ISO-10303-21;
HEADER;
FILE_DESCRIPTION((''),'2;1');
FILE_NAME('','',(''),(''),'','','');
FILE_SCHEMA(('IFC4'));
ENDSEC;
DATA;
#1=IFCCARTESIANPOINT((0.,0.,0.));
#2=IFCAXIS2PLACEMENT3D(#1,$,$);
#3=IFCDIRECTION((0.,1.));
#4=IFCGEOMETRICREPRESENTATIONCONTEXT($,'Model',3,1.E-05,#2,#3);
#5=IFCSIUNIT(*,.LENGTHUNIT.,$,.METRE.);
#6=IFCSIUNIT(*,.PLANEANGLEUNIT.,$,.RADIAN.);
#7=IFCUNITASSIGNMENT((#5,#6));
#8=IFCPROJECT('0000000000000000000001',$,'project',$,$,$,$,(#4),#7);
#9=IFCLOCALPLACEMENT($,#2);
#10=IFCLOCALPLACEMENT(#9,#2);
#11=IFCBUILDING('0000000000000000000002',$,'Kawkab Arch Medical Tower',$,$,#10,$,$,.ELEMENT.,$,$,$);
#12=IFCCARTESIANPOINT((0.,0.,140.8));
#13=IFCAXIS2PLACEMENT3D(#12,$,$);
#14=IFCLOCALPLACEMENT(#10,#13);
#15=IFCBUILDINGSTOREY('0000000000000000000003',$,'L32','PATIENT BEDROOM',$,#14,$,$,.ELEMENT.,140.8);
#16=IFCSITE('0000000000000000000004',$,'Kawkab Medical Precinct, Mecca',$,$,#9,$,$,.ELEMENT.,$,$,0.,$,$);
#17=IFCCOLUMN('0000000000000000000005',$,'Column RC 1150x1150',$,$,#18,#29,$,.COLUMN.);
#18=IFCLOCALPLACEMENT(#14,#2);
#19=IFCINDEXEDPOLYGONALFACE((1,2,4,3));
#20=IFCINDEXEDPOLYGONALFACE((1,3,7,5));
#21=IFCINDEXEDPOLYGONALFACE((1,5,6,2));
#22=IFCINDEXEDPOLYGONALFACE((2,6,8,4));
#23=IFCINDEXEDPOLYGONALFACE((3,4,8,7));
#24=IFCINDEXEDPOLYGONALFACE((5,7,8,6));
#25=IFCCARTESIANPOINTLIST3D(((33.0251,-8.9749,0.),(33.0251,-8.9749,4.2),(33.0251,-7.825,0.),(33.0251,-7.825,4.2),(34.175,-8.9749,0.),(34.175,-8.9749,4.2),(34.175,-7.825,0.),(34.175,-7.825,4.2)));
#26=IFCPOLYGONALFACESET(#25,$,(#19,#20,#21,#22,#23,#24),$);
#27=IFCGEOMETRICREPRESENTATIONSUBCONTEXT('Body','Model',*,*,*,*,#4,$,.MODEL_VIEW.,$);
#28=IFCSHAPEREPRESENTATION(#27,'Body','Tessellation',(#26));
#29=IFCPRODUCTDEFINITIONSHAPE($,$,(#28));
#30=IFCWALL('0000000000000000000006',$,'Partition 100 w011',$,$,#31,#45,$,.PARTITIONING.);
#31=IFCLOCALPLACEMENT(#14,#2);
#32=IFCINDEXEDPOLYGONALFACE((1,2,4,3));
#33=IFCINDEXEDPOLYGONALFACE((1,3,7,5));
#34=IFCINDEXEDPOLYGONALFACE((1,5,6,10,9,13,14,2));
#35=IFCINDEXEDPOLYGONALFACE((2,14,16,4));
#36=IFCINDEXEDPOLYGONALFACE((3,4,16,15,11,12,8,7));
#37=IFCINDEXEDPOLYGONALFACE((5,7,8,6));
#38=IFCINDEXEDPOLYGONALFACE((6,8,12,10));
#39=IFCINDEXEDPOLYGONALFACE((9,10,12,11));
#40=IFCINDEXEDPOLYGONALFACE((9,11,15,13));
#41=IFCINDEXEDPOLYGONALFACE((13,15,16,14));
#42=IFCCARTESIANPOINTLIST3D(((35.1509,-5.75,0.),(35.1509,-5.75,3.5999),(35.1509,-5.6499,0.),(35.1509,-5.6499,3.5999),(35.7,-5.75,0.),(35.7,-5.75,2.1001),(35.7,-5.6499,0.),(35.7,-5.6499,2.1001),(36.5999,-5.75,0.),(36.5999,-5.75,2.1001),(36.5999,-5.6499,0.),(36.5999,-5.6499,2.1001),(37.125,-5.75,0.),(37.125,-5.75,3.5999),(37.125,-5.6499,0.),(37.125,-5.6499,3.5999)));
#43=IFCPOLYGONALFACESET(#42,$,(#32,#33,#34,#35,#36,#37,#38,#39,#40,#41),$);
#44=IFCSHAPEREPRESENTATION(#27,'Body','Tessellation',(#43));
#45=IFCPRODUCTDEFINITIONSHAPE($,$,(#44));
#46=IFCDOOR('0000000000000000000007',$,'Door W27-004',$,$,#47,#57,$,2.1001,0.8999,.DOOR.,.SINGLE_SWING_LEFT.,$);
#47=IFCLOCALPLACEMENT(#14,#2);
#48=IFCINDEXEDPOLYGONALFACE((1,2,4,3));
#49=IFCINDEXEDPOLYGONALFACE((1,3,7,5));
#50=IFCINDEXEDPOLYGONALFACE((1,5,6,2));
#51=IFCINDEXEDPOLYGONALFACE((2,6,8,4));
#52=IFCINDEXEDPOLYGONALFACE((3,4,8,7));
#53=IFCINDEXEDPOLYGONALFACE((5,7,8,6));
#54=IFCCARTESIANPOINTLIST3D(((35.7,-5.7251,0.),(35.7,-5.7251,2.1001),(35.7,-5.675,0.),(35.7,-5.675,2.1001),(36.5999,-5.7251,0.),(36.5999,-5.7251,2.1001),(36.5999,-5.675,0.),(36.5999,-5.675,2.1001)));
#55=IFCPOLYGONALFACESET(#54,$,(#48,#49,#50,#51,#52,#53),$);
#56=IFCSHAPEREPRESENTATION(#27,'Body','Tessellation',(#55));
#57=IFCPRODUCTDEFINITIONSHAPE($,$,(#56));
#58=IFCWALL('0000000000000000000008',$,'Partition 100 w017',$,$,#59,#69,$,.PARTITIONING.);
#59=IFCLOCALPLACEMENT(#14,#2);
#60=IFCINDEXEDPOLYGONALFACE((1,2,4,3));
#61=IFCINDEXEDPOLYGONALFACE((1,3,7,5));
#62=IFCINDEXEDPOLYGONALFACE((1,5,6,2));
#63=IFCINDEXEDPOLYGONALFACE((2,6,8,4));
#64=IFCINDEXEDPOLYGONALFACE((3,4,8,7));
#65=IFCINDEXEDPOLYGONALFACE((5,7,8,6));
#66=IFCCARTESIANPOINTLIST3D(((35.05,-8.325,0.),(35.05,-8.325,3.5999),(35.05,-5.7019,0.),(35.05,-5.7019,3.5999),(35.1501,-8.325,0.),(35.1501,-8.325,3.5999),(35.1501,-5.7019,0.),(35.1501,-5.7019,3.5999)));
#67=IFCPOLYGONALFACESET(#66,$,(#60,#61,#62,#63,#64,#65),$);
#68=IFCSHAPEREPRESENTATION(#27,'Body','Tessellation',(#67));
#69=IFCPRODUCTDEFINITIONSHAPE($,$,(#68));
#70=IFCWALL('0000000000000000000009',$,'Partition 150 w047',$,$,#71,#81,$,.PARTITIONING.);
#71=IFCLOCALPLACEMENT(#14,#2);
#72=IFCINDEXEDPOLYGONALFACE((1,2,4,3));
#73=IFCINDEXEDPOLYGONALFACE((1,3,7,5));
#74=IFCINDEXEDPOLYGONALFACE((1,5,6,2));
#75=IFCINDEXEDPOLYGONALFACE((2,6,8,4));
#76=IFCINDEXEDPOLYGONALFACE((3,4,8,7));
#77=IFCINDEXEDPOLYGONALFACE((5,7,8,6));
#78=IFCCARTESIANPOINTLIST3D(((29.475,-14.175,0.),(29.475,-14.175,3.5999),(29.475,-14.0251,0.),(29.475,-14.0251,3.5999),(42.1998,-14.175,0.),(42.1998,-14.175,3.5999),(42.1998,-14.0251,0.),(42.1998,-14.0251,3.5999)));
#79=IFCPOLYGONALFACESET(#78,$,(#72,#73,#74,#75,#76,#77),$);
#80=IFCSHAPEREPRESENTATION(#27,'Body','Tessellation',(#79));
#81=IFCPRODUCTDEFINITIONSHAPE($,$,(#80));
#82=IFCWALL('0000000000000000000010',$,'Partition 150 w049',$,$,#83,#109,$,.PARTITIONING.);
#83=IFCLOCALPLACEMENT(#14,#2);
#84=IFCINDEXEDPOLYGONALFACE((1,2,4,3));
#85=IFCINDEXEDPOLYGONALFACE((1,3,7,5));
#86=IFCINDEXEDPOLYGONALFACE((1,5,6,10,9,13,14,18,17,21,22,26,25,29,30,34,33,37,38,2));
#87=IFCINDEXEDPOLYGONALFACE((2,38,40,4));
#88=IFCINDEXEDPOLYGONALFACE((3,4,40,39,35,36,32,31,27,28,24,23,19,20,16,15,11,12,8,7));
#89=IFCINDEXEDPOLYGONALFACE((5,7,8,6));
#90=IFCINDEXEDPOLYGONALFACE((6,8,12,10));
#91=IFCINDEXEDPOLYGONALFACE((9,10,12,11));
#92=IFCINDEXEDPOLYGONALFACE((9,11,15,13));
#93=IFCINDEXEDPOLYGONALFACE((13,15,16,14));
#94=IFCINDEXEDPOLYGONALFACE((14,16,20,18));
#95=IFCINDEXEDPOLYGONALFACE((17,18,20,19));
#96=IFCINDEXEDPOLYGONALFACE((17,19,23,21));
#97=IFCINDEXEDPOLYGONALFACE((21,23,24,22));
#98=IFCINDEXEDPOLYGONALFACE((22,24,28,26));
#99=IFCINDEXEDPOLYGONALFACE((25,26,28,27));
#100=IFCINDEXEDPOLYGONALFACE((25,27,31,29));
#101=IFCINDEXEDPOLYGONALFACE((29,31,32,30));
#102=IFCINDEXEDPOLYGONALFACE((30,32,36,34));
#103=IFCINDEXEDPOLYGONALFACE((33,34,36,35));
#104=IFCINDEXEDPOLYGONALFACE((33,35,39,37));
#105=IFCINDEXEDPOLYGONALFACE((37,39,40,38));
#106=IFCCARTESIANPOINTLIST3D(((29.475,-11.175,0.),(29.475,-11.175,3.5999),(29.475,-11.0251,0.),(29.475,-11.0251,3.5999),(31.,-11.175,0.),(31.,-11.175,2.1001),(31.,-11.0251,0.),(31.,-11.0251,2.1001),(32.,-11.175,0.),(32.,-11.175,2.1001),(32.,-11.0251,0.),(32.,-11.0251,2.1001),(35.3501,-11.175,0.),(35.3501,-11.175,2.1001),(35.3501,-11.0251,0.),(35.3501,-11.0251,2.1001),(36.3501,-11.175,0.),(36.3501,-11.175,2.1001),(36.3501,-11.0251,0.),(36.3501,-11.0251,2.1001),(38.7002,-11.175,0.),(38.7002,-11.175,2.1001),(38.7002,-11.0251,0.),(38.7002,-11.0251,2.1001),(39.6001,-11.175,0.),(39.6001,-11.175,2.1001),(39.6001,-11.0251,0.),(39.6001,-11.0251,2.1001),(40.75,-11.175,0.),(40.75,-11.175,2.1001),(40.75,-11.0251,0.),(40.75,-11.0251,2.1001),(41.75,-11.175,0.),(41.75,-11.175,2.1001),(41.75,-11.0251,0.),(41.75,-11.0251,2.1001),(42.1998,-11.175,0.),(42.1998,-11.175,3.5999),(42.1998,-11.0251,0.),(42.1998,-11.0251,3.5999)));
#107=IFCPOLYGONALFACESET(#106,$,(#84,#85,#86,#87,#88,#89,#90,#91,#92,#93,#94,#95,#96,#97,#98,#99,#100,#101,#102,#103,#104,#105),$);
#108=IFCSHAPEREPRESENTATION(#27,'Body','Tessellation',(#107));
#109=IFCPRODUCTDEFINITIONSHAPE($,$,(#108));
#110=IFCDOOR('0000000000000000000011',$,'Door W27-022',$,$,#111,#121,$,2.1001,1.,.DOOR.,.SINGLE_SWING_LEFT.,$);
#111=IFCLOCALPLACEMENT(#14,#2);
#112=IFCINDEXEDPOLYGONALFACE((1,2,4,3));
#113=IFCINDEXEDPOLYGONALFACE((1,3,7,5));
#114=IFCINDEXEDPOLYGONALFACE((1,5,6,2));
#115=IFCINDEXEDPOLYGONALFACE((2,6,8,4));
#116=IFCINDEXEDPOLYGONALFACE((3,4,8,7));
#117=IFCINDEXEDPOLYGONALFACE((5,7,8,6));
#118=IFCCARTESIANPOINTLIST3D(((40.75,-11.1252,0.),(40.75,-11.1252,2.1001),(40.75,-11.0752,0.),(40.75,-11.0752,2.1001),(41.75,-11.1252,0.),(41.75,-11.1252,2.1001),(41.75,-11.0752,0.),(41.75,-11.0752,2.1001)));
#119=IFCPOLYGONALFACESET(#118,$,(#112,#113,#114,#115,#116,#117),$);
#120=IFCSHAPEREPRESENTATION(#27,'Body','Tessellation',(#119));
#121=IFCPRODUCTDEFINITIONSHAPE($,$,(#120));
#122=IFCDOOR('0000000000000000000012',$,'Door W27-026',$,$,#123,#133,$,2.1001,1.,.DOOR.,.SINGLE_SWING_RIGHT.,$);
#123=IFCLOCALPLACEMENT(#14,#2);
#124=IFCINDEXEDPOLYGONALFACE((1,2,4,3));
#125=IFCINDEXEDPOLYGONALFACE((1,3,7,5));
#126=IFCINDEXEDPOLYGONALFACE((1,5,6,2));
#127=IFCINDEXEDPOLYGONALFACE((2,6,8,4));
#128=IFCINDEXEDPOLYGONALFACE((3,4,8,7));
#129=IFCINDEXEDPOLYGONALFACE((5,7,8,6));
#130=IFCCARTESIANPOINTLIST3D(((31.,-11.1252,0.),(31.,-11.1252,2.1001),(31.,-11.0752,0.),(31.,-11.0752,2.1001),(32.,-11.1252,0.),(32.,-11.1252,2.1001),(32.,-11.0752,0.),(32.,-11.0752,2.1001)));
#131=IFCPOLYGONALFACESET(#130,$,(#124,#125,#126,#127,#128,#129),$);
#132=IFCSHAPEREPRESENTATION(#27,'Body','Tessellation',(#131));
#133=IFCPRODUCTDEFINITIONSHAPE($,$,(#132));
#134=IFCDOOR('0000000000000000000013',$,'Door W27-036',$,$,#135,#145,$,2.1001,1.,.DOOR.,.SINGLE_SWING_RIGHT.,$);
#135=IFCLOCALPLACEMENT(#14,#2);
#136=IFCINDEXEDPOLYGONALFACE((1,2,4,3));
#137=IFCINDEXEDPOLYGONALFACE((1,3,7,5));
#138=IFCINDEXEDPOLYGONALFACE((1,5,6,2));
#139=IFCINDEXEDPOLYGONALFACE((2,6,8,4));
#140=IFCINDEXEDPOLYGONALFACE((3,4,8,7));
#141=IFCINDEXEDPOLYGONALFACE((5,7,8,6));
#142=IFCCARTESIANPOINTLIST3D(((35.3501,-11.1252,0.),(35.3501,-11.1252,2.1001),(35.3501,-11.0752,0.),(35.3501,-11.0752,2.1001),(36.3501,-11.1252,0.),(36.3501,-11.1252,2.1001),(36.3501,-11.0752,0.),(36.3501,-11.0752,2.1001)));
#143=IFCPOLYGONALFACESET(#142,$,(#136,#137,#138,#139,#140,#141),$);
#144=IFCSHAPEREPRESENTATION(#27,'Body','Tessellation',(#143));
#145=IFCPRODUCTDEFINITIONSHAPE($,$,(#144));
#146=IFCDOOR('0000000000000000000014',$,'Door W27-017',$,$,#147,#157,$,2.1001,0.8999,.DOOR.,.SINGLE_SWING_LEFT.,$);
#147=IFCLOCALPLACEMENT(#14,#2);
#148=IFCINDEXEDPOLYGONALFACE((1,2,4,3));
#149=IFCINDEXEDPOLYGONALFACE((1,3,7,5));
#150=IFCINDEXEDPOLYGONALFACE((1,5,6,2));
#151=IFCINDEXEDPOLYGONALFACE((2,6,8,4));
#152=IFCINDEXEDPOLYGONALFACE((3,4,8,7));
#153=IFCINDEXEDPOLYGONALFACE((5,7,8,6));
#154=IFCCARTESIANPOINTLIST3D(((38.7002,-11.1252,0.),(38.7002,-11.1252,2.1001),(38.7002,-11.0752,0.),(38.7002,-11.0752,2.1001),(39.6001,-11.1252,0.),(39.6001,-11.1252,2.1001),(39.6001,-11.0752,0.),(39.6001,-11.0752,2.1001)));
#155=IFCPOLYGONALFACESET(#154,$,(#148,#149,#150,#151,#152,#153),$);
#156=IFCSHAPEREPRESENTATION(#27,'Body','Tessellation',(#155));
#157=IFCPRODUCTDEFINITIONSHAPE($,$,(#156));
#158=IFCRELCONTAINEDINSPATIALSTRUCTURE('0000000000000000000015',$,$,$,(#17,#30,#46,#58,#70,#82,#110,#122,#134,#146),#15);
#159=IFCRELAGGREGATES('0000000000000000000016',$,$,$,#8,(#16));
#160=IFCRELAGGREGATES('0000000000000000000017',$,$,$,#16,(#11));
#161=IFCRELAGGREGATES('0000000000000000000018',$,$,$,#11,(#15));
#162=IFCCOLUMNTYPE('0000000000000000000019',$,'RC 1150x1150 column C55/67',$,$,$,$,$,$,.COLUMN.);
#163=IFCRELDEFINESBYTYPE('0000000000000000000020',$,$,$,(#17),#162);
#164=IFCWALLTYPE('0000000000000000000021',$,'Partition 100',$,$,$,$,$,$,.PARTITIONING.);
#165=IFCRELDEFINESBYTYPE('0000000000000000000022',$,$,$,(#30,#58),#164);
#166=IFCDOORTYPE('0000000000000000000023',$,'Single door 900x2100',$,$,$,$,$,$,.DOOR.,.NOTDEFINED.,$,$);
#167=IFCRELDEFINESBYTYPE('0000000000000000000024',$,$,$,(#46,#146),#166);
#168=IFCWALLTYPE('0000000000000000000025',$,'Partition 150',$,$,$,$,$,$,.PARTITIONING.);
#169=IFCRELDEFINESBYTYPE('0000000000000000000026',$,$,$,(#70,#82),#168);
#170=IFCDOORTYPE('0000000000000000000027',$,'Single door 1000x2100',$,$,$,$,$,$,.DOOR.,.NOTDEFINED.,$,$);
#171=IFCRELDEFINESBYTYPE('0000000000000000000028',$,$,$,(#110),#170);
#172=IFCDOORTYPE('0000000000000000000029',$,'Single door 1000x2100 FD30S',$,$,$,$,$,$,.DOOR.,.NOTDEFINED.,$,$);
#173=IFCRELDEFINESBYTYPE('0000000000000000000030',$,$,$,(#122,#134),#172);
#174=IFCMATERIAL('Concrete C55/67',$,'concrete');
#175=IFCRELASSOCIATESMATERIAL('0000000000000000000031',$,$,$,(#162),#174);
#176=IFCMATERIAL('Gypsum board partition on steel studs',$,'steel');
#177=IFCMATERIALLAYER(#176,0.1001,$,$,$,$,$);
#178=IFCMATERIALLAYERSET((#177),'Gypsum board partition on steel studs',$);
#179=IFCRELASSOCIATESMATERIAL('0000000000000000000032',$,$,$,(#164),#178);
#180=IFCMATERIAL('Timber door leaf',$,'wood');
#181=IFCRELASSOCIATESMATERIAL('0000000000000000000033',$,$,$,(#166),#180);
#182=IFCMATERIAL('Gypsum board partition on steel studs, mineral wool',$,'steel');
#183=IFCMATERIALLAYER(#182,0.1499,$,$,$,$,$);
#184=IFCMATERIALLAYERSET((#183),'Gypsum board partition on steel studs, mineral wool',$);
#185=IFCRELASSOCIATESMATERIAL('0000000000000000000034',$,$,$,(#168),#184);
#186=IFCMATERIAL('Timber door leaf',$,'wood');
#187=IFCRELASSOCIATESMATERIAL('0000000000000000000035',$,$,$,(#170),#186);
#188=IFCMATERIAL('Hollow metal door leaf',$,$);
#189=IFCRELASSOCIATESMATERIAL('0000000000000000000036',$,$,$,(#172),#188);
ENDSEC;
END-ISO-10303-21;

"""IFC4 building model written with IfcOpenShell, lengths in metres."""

from ifc_helpers import new_model, si_unit, direction, frame, frame_2d, origin, origin_2d, place, context, subcontext, project, spatial, rectangle, extrude, material, layer, layer_set, material_profile, profile_set, type_object, element, fill, save


model = new_model("IFC4")

# Units and contexts
model_context = context("Model", 3, precision=1e-05, world=origin(), true_north=direction((0.0, 1.0)))
body_context = subcontext(model_context, "Body", "Model", "MODEL_VIEW")
ifc_project = project(units=[si_unit("LENGTHUNIT", "METRE"), si_unit("PLANEANGLEUNIT", "RADIAN")], contexts=[model_context])

# Site, building, storey
site_placement = place(None, origin())
site = spatial("IfcSite", under=ifc_project, at=site_placement, Name="Kawkab Medical Precinct, Mecca", CompositionType="ELEMENT", RefElevation=0.0)
building_placement = place(site_placement, origin())
building = spatial("IfcBuilding", under=site, at=building_placement, Name="Kawkab Arch Medical Tower", CompositionType="ELEMENT")
storey_placement = place(building_placement, frame((0.0, 0.0, 140.8)))
storey = spatial("IfcBuildingStorey", under=building, at=storey_placement, Name="L32", Description="PATIENT BEDROOM", CompositionType="ELEMENT", Elevation=140.8)

# Column
ifc_material_1 = material(Name="Concrete C55/67", Category="concrete")
ifc_material_profile = material_profile(ifc_material_1, rectangle(XDim=1.1499, YDim=1.1499, at=origin_2d()), Name="RC 1150x1150")
ifc_profile_set = profile_set([ifc_material_profile], Name="Concrete C55/67")
column_type = type_object("IfcColumnType", Name="RC 1150x1150 column C55/67", PredefinedType="COLUMN", material=ifc_profile_set)
column_placement = place(storey_placement, frame((33.6001, -8.3999, 0.0), z_axis=(0.0, 0.0, 1.0), x_axis=(1.0, 0.0, 0.0)))
element("IfcColumn", 1, at=column_placement, inside=storey, type_object=column_type, Name="Column RC 1150x1150", PredefinedType="COLUMN", context=body_context, shape_type="SweptSolid", body=[
    extrude(rectangle(XDim=1.1499, YDim=1.1499, at=origin_2d()), origin(), (0.0, 0.0, 1.0), 4.2),
])

# Wall, opening, door
ifc_material_2 = material(Name="Gypsum board partition on steel studs", Category="steel")
ifc_layer_1 = layer(ifc_material_2, 0.1001)
ifc_layer_set_1 = layer_set([ifc_layer_1], Name="Gypsum board partition on steel studs")
wall_type_1 = type_object("IfcWallType", Name="Partition 100", PredefinedType="PARTITIONING", material=ifc_layer_set_1)
wall_1_placement = place(storey_placement, frame((35.1509, -5.7, 0.0), z_axis=(0.0, 0.0, 1.0), x_axis=(1.0, 0.0, 0.0)))
wall_1 = element("IfcWall", 2, at=wall_1_placement, inside=storey, type_object=wall_type_1, Name="Partition 100 w011", PredefinedType="PARTITIONING", context=body_context, shape_type="SweptSolid", body=[
    extrude(rectangle(XDim=1.9741, YDim=0.1001, at=frame_2d((0.9871, 0.0))), origin(), (0.0, 0.0, 1.0), 3.5999),
])
opening_1_placement = place(wall_1_placement, frame((0.5491, 0.0, 0.0)))
opening_1 = element("IfcOpeningElement", 3, at=opening_1_placement, cuts=wall_1, PredefinedType="OPENING", context=body_context, shape_type="SweptSolid", body=[
    extrude(rectangle(XDim=0.8999, YDim=2.1001, at=frame_2d((0.45, 1.05))), frame((0.0, 0.0601, 0.0), z_axis=(0.0, -1.0, 0.0), x_axis=(1.0, 0.0, 0.0)), (0.0, 0.0, 1.0), 0.1201),
])
ifc_material_3 = material(Name="Timber door leaf", Category="wood")
door_type_1 = type_object("IfcDoorType", Name="Single door 900x2100", OperationType="NOTDEFINED", PredefinedType="DOOR", material=ifc_material_3)
door_1_placement = place(opening_1_placement, origin())
door_1 = element("IfcDoor", 4, at=door_1_placement, inside=storey, type_object=door_type_1, Name="Door W27-004", OperationType="SINGLE_SWING_LEFT", OverallHeight=2.1001, OverallWidth=0.8999, PredefinedType="DOOR", context=body_context, shape_type="SweptSolid", body=[
    extrude(rectangle(XDim=0.8999, YDim=2.1001, at=frame_2d((0.45, 1.05))), frame((0.0, 0.0249, 0.0), z_axis=(0.0, -1.0, 0.0), x_axis=(1.0, 0.0, 0.0)), (0.0, 0.0, 1.0), 0.05),
])
fill(opening_1, door_1)

# Walls
wall_2_placement = place(storey_placement, frame((35.1001, -8.325, 0.0), z_axis=(0.0, 0.0, 1.0), x_axis=(0.0, 1.0, 0.0)))
element("IfcWall", 5, at=wall_2_placement, inside=storey, type_object=wall_type_1, Name="Partition 100 w017", PredefinedType="PARTITIONING", context=body_context, shape_type="SweptSolid", body=[
    extrude(rectangle(XDim=2.623, YDim=0.1001, at=frame_2d((1.3115, 0.0))), origin(), (0.0, 0.0, 1.0), 3.5999),
])
ifc_material_4 = material(Name="Gypsum board partition on steel studs, mineral wool", Category="steel")
ifc_layer_2 = layer(ifc_material_4, 0.1499)
ifc_layer_set_2 = layer_set([ifc_layer_2], Name="Gypsum board partition on steel studs, mineral wool")
wall_type_2 = type_object("IfcWallType", Name="Partition 150", PredefinedType="PARTITIONING", material=ifc_layer_set_2)
wall_3_placement = place(storey_placement, frame((29.4751, -14.1001, 0.0), z_axis=(0.0, 0.0, 1.0), x_axis=(1.0, 0.0, 0.0)))
element("IfcWall", 6, at=wall_3_placement, inside=storey, type_object=wall_type_2, Name="Partition 150 w047", PredefinedType="PARTITIONING", context=body_context, shape_type="SweptSolid", body=[
    extrude(rectangle(XDim=12.7249, YDim=0.1499, at=frame_2d((6.3623, 0.0))), origin(), (0.0, 0.0, 1.0), 3.5999),
])

# Wall, openings, doors
wall_4_placement = place(storey_placement, frame((29.4751, -11.1001, 0.0), z_axis=(0.0, 0.0, 1.0), x_axis=(1.0, 0.0, 0.0)))
wall_4 = element("IfcWall", 7, at=wall_4_placement, inside=storey, type_object=wall_type_2, Name="Partition 150 w049", PredefinedType="PARTITIONING", context=body_context, shape_type="SweptSolid", body=[
    extrude(rectangle(XDim=12.7249, YDim=0.1499, at=frame_2d((6.3623, 0.0))), origin(), (0.0, 0.0, 1.0), 3.5999),
])
opening_2_placement = place(wall_4_placement, frame((1.5249, 0.0, 0.0)))
opening_2 = element("IfcOpeningElement", 8, at=opening_2_placement, cuts=wall_4, PredefinedType="OPENING", context=body_context, shape_type="SweptSolid", body=[
    extrude(rectangle(XDim=1.0, YDim=2.1001, at=frame_2d((0.5, 1.05))), frame((0.0, 0.085, 0.0), z_axis=(0.0, -1.0, 0.0), x_axis=(1.0, 0.0, 0.0)), (0.0, 0.0, 1.0), 0.1699),
])
opening_3_placement = place(wall_4_placement, frame((9.2251, 0.0, 0.0)))
opening_3 = element("IfcOpeningElement", 9, at=opening_3_placement, cuts=wall_4, PredefinedType="OPENING", context=body_context, shape_type="SweptSolid", body=[
    extrude(rectangle(XDim=0.8999, YDim=2.1001, at=frame_2d((0.45, 1.05))), frame((0.0, 0.085, 0.0), z_axis=(0.0, -1.0, 0.0), x_axis=(1.0, 0.0, 0.0)), (0.0, 0.0, 1.0), 0.1699),
])
opening_4_placement = place(wall_4_placement, frame((11.2749, 0.0, 0.0)))
opening_4 = element("IfcOpeningElement", 10, at=opening_4_placement, cuts=wall_4, PredefinedType="OPENING", context=body_context, shape_type="SweptSolid", body=[
    extrude(rectangle(XDim=1.0, YDim=2.1001, at=frame_2d((0.5, 1.05))), frame((0.0, 0.085, 0.0), z_axis=(0.0, -1.0, 0.0), x_axis=(1.0, 0.0, 0.0)), (0.0, 0.0, 1.0), 0.1699),
])
opening_5_placement = place(wall_4_placement, frame((5.875, 0.0, 0.0)))
opening_5 = element("IfcOpeningElement", 11, at=opening_5_placement, cuts=wall_4, PredefinedType="OPENING", context=body_context, shape_type="SweptSolid", body=[
    extrude(rectangle(XDim=1.0, YDim=2.1001, at=frame_2d((0.5, 1.05))), frame((0.0, 0.085, 0.0), z_axis=(0.0, -1.0, 0.0), x_axis=(1.0, 0.0, 0.0)), (0.0, 0.0, 1.0), 0.1699),
])
ifc_material_5 = material(Name="Timber door leaf", Category="wood")
door_type_2 = type_object("IfcDoorType", Name="Single door 1000x2100", OperationType="NOTDEFINED", PredefinedType="DOOR", material=ifc_material_5)
door_2_placement = place(opening_4_placement, origin())
door_2 = element("IfcDoor", 12, at=door_2_placement, inside=storey, type_object=door_type_2, Name="Door W27-022", OperationType="SINGLE_SWING_LEFT", OverallHeight=2.1001, OverallWidth=1.0, PredefinedType="DOOR", context=body_context, shape_type="SweptSolid", body=[
    extrude(rectangle(XDim=1.0, YDim=2.1001, at=frame_2d((0.5, 1.05))), frame((0.0, 0.0249, 0.0), z_axis=(0.0, -1.0, 0.0), x_axis=(1.0, 0.0, 0.0)), (0.0, 0.0, 1.0), 0.05),
])
fill(opening_4, door_2)
ifc_material_6 = material(Name="Hollow metal door leaf")
door_type_3 = type_object("IfcDoorType", Name="Single door 1000x2100 FD30S", OperationType="NOTDEFINED", PredefinedType="DOOR", material=ifc_material_6)
door_3_placement = place(opening_2_placement, origin())
door_3 = element("IfcDoor", 13, at=door_3_placement, inside=storey, type_object=door_type_3, Name="Door W27-026", OperationType="SINGLE_SWING_RIGHT", OverallHeight=2.1001, OverallWidth=1.0, PredefinedType="DOOR", context=body_context, shape_type="SweptSolid", body=[
    extrude(rectangle(XDim=1.0, YDim=2.1001, at=frame_2d((0.5, 1.05))), frame((0.0, 0.0249, 0.0), z_axis=(0.0, -1.0, 0.0), x_axis=(1.0, 0.0, 0.0)), (0.0, 0.0, 1.0), 0.05),
])
fill(opening_2, door_3)
door_4_placement = place(opening_5_placement, origin())
door_4 = element("IfcDoor", 14, at=door_4_placement, inside=storey, type_object=door_type_3, Name="Door W27-036", OperationType="SINGLE_SWING_RIGHT", OverallHeight=2.1001, OverallWidth=1.0, PredefinedType="DOOR", context=body_context, shape_type="SweptSolid", body=[
    extrude(rectangle(XDim=1.0, YDim=2.1001, at=frame_2d((0.5, 1.05))), frame((0.0, 0.0249, 0.0), z_axis=(0.0, -1.0, 0.0), x_axis=(1.0, 0.0, 0.0)), (0.0, 0.0, 1.0), 0.05),
])
fill(opening_5, door_4)
door_5_placement = place(opening_3_placement, origin())
door_5 = element("IfcDoor", 15, at=door_5_placement, inside=storey, type_object=door_type_1, Name="Door W27-017", OperationType="SINGLE_SWING_LEFT", OverallHeight=2.1001, OverallWidth=0.8999, PredefinedType="DOOR", context=body_context, shape_type="SweptSolid", body=[
    extrude(rectangle(XDim=0.8999, YDim=2.1001, at=frame_2d((0.45, 1.05))), frame((0.0, 0.0249, 0.0), z_axis=(0.0, -1.0, 0.0), x_axis=(1.0, 0.0, 0.0)), (0.0, 0.0, 1.0), 0.05),
])
fill(opening_3, door_5)

save(model, "model.ifc")
